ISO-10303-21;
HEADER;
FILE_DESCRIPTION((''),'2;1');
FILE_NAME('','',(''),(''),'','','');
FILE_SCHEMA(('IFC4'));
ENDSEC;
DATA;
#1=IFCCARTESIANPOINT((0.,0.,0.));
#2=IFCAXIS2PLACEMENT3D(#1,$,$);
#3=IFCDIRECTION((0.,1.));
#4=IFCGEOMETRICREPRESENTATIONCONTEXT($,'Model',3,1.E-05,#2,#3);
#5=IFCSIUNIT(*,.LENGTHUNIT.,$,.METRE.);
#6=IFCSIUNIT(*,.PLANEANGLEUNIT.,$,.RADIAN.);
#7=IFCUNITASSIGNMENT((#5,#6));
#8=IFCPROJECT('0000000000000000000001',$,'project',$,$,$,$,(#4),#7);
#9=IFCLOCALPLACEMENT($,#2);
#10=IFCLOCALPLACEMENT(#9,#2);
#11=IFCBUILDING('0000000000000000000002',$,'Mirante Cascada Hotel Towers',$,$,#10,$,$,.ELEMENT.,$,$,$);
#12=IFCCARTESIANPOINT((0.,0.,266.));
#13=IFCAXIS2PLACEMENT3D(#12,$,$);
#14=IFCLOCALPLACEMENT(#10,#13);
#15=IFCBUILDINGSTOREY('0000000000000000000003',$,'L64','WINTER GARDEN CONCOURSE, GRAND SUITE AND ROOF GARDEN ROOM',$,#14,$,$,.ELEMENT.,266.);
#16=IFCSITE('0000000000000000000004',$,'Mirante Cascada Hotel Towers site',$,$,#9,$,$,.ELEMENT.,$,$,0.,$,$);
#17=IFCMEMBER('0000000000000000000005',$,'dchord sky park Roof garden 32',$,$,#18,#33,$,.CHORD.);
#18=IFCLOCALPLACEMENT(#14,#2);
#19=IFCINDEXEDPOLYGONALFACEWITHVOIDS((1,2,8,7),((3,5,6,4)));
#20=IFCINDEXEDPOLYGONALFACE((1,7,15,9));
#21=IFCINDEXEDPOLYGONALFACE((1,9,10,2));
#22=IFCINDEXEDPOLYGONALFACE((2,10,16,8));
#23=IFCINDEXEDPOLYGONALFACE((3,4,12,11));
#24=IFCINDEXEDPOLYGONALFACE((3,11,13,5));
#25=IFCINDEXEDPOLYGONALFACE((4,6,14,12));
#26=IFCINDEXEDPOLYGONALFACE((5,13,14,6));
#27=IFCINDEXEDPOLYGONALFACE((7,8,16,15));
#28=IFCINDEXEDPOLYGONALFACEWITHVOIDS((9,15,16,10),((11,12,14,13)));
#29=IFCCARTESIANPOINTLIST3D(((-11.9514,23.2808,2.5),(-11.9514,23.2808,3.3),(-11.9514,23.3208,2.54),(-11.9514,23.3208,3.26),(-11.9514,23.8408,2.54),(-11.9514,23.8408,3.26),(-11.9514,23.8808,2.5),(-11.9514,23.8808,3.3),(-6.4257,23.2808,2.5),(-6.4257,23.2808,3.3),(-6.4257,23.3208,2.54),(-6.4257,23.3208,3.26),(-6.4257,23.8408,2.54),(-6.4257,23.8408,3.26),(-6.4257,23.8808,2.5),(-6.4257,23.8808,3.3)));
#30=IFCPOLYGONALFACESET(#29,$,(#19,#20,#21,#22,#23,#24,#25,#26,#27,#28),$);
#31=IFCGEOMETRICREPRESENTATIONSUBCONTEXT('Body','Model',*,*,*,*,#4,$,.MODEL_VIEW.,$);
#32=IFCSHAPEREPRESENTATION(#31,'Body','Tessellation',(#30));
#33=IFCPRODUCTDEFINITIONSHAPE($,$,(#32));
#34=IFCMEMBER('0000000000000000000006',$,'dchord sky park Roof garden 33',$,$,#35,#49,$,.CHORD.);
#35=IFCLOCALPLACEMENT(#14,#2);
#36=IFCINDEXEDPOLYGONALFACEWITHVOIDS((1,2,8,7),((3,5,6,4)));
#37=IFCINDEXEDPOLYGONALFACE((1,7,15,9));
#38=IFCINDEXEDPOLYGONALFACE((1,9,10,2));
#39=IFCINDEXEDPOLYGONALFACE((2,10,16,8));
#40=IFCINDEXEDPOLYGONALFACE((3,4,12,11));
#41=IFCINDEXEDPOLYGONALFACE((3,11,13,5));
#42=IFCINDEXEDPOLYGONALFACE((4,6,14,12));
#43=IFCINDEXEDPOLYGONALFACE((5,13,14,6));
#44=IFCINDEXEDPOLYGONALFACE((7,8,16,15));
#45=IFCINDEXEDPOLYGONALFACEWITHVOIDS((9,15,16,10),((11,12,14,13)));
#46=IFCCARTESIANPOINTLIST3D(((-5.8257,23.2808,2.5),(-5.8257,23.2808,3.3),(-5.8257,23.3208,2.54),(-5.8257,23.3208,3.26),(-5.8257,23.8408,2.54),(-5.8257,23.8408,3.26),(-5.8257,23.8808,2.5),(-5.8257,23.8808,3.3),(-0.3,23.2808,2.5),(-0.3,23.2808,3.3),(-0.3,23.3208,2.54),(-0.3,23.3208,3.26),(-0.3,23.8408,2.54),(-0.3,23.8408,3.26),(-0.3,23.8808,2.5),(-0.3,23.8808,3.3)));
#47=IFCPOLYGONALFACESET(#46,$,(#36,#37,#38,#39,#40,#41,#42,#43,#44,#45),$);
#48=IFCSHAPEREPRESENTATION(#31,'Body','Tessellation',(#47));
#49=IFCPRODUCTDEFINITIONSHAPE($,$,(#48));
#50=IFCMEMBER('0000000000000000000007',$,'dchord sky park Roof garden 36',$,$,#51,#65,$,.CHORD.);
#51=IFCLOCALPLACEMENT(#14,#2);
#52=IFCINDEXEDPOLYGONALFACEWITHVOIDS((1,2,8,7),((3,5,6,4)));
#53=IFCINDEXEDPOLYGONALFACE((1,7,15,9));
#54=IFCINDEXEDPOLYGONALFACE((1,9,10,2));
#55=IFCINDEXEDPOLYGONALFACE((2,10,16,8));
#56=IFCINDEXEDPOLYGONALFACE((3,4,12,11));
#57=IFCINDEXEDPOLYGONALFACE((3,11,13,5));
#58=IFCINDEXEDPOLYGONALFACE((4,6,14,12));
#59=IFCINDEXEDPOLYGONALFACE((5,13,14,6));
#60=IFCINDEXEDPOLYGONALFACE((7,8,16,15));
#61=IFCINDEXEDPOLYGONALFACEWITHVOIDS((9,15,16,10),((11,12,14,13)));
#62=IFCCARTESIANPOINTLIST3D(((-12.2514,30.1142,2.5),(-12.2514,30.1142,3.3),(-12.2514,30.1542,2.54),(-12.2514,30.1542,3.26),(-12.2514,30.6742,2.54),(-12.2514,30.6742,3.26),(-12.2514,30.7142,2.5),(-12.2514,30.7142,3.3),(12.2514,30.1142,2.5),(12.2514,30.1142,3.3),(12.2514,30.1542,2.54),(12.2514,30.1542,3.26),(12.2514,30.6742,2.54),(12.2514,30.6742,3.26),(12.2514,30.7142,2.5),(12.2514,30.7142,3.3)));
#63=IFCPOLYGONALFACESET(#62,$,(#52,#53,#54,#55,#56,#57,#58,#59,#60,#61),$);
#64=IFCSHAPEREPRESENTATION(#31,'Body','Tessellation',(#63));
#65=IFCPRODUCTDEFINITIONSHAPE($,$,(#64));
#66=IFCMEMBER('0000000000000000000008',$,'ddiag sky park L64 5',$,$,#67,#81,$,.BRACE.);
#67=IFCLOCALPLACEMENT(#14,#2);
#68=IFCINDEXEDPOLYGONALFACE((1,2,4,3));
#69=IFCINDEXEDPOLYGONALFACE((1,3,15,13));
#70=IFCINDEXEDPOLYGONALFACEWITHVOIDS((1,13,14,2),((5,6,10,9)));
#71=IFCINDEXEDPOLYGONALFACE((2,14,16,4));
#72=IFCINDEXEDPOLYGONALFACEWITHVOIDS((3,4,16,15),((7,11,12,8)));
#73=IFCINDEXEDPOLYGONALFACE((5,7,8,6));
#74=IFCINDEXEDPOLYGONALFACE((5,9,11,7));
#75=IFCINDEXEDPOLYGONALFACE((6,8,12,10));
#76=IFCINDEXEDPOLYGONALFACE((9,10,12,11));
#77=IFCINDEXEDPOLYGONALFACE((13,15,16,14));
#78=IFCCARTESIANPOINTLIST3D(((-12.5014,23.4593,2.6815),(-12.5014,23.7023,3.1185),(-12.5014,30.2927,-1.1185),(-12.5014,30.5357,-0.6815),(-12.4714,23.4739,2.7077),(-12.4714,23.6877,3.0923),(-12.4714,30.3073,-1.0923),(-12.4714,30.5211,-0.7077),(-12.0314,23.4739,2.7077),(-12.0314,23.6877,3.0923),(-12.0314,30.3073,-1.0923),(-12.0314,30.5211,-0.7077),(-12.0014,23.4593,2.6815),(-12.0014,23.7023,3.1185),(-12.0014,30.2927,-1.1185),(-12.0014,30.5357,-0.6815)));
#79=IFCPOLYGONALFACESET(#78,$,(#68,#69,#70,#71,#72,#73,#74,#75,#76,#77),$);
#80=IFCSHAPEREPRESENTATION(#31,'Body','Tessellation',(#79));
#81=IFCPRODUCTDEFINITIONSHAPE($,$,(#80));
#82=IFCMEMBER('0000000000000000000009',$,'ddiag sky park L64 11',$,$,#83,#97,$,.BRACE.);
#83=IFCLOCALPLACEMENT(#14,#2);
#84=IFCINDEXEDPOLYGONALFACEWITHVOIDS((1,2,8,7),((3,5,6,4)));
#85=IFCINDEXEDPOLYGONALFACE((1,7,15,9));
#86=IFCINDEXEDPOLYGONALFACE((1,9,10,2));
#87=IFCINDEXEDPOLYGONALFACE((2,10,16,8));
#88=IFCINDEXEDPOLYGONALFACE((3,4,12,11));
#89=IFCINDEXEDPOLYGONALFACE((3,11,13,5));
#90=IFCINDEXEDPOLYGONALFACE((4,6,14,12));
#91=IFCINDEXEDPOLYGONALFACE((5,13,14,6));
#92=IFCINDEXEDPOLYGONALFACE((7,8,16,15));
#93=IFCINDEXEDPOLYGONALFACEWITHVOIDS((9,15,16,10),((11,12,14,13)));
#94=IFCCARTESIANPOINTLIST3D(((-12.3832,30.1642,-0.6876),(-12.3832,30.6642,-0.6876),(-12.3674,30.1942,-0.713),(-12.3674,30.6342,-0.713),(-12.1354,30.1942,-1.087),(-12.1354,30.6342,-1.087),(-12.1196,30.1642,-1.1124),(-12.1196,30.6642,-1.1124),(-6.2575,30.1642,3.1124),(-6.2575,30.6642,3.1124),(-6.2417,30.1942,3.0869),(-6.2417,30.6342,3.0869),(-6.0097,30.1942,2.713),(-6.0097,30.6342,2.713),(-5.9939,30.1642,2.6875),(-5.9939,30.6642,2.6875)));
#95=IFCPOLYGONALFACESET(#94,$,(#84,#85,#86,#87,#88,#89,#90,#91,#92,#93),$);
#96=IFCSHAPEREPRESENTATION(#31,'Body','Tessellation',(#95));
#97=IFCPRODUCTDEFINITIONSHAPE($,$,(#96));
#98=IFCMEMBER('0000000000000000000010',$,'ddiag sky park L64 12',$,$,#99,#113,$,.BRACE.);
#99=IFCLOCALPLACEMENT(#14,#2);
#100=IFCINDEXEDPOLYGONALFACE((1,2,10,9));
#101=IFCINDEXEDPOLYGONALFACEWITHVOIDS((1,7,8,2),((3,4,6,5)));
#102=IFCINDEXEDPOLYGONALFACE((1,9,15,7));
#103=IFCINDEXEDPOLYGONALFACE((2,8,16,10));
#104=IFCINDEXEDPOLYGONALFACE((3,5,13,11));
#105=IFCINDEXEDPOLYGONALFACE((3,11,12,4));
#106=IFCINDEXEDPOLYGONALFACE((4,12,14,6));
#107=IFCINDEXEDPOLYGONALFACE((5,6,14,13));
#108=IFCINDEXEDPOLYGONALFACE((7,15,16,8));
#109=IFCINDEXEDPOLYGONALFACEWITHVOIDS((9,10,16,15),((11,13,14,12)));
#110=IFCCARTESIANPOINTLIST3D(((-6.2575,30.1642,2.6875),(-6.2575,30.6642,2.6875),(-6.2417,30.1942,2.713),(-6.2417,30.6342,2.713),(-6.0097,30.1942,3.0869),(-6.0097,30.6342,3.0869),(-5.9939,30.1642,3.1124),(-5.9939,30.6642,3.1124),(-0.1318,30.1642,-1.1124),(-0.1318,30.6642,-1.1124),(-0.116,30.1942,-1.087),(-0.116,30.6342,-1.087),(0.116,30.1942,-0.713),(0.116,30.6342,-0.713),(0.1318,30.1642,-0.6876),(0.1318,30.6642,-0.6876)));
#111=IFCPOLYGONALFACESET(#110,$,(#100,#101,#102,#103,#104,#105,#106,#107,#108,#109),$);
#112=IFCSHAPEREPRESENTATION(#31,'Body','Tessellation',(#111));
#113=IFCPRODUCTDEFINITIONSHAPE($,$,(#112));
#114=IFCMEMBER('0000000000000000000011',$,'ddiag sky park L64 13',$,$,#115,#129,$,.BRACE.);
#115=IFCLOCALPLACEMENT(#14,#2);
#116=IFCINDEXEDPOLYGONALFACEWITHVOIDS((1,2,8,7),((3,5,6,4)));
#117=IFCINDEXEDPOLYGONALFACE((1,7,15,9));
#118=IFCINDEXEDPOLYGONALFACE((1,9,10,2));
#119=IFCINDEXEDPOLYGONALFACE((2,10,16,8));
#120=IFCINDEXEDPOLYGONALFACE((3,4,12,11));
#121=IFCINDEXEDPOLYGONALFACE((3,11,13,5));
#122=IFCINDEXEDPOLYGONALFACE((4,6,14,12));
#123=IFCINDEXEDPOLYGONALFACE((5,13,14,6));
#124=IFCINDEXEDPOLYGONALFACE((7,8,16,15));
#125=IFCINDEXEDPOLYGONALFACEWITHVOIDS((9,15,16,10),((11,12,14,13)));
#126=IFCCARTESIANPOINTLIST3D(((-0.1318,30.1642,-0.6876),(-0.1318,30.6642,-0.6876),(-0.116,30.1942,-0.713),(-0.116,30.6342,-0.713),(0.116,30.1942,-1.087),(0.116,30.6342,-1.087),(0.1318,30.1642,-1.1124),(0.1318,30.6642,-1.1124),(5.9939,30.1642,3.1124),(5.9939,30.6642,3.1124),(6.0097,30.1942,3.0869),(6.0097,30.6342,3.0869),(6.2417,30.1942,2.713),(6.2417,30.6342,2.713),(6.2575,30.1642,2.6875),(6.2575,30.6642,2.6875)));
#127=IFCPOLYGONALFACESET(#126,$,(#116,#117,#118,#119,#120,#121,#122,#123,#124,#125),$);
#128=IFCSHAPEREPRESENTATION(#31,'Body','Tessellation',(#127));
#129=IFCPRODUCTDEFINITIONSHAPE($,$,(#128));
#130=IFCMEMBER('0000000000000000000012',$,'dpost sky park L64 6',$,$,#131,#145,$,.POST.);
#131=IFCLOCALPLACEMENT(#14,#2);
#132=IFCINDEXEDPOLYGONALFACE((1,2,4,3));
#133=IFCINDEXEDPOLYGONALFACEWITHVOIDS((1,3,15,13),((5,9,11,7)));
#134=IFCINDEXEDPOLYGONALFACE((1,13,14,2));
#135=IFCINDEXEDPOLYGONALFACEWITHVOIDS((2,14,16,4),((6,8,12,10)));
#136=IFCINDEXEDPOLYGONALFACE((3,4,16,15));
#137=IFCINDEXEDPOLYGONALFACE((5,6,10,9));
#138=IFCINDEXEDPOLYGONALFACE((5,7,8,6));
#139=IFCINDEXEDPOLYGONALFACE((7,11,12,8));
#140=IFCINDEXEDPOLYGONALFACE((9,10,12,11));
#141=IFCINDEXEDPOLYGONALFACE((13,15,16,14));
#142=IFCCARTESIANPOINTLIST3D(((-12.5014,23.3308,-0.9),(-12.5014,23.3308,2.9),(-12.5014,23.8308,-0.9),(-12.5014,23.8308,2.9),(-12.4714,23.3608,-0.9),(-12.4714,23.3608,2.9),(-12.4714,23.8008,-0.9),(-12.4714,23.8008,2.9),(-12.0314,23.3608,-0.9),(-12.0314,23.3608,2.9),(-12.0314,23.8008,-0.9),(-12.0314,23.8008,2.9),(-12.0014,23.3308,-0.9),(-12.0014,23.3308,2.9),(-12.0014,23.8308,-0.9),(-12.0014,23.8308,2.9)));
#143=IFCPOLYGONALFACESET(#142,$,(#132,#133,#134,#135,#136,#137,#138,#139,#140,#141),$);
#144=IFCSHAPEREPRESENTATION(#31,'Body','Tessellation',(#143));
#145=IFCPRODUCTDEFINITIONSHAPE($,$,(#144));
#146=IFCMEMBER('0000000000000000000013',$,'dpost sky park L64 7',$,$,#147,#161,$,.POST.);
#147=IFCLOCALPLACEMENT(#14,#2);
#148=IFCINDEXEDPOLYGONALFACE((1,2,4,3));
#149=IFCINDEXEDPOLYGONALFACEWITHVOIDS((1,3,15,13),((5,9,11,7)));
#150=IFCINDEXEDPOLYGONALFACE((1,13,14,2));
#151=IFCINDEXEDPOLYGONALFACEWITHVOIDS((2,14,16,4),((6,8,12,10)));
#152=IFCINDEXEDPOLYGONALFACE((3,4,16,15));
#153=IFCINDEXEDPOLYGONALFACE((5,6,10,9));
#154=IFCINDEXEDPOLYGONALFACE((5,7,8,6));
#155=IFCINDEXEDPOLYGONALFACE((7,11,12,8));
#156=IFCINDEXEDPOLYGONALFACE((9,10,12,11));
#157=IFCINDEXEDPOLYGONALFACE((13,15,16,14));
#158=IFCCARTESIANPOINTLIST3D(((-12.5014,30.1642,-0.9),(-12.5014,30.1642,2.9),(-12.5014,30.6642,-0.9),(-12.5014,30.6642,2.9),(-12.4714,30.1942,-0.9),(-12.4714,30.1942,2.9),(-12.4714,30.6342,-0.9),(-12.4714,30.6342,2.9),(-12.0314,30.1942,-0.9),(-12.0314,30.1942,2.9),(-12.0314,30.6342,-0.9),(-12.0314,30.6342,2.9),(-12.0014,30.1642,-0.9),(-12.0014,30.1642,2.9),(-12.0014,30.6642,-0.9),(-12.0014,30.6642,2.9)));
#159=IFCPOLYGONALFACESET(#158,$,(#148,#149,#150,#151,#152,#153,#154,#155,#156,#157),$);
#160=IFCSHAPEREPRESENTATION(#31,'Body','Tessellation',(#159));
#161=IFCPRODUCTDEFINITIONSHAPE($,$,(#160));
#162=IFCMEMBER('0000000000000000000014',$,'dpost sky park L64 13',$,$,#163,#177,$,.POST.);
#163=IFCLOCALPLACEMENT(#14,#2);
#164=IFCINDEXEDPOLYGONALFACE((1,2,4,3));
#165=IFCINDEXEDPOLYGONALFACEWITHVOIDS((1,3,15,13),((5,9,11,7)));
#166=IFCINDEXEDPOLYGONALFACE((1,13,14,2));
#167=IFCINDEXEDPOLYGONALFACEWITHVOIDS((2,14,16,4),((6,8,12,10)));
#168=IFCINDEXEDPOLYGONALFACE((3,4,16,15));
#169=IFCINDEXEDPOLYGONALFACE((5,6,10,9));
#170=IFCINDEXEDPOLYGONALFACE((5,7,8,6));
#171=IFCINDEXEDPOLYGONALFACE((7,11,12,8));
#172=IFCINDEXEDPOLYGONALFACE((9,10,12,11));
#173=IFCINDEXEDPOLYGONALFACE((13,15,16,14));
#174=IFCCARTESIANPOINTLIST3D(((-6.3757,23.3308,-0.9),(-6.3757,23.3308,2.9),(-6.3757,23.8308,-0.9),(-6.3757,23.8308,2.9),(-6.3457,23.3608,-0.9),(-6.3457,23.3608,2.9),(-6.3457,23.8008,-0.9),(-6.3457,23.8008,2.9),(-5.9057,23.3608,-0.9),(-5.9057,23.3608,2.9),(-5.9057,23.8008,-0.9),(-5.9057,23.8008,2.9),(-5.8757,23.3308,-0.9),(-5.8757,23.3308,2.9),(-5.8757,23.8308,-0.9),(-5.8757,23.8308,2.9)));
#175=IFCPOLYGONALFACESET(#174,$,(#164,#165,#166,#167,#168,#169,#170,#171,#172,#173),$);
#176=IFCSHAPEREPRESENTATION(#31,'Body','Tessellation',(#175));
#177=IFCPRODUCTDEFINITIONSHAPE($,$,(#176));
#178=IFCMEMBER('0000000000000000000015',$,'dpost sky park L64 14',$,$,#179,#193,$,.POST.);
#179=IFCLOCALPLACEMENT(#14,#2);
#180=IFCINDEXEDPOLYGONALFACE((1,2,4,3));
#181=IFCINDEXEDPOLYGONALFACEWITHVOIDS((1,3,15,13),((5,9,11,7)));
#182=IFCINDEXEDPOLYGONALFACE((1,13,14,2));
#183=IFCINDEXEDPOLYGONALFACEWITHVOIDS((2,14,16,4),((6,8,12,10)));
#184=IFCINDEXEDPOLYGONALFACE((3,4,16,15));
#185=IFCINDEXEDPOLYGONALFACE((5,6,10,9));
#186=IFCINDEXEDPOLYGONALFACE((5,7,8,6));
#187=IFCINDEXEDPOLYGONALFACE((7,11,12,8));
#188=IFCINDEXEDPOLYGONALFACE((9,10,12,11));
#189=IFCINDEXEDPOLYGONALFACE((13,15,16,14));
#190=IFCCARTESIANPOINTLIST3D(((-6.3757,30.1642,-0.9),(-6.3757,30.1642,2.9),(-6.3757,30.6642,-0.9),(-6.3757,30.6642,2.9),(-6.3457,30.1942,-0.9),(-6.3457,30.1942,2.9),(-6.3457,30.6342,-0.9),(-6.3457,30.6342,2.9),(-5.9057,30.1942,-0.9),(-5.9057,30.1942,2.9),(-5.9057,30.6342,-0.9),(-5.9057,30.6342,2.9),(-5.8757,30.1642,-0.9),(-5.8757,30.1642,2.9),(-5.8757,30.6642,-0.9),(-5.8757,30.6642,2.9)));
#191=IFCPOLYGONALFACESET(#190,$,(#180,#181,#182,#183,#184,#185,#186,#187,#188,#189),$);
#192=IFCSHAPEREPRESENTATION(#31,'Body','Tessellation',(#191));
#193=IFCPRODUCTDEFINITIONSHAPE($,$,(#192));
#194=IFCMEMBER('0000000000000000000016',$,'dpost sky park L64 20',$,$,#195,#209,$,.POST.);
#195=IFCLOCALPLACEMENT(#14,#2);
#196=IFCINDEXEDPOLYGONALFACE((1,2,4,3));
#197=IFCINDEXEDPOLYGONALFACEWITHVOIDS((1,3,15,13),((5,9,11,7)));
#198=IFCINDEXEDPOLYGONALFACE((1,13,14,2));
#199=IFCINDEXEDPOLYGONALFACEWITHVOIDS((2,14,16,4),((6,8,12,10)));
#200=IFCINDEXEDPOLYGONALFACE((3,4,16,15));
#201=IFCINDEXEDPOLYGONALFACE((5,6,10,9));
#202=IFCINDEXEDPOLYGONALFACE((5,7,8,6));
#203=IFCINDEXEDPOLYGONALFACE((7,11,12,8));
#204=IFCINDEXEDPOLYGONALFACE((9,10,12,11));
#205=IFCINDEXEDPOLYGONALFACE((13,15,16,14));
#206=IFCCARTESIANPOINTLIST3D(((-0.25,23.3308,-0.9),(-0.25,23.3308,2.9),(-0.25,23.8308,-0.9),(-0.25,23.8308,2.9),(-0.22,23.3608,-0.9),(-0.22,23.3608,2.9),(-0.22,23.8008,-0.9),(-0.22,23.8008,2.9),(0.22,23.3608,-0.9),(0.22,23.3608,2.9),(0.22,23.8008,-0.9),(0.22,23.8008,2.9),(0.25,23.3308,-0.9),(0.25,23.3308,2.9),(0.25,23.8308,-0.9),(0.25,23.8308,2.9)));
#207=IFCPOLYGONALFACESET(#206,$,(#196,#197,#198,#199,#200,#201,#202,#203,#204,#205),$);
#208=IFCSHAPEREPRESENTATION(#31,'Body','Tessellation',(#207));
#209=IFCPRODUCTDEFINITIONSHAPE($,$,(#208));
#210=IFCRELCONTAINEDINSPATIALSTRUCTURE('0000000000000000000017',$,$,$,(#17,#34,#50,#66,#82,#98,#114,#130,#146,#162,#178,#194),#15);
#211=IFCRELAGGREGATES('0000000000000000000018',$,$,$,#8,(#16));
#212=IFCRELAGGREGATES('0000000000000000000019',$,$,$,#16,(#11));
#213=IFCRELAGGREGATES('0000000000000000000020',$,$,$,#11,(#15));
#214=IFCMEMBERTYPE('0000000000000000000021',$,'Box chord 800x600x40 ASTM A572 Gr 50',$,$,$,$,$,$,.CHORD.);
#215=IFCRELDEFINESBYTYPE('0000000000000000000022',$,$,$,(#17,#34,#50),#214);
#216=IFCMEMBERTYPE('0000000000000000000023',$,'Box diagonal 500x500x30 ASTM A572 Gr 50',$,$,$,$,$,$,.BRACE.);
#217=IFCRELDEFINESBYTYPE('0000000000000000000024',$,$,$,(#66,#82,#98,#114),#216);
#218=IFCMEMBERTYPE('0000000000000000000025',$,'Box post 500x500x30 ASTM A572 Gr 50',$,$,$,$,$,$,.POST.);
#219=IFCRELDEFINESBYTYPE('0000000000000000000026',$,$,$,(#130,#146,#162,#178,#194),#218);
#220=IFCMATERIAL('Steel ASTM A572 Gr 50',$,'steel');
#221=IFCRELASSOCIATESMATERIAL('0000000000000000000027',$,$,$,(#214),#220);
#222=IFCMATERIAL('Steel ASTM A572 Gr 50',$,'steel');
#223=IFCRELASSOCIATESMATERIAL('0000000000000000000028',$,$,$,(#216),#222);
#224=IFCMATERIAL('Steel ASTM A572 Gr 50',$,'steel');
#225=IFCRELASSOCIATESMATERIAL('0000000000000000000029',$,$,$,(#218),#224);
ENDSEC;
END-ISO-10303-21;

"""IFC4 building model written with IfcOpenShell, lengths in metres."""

from ifc_helpers import new_model, si_unit, direction, frame, origin, origin_2d, place, context, subcontext, project, spatial, hollow_rectangle, extrude, material, material_profile, profile_set, type_object, element, save


model = new_model("IFC4")

# Units and contexts
model_context = context("Model", 3, precision=1e-05, world=origin(), true_north=direction((0.0, 1.0)))
body_context = subcontext(model_context, "Body", "Model", "MODEL_VIEW")
ifc_project = project(units=[si_unit("LENGTHUNIT", "METRE"), si_unit("PLANEANGLEUNIT", "RADIAN")], contexts=[model_context])

# Site, building, storey
site_placement = place(None, origin())
site = spatial("IfcSite", under=ifc_project, at=site_placement, Name="Mirante Cascada Hotel Towers site", CompositionType="ELEMENT", RefElevation=0.0)
building_placement = place(site_placement, origin())
building = spatial("IfcBuilding", under=site, at=building_placement, Name="Mirante Cascada Hotel Towers", CompositionType="ELEMENT")
storey_placement = place(building_placement, frame((0.0, 0.0, 266.0)))
storey = spatial("IfcBuildingStorey", under=building, at=storey_placement, Name="L64", Description="WINTER GARDEN CONCOURSE, GRAND SUITE AND ROOF GARDEN ROOM", CompositionType="ELEMENT", Elevation=266.0)

# Members
ifc_material_1 = material(Name="Steel ASTM A572 Gr 50", Category="steel")
ifc_material_profile_1 = material_profile(ifc_material_1, hollow_rectangle(XDim=0.6, YDim=0.8, WallThickness=0.04, at=origin_2d()), Name="Box chord 800x600x40 ASTM A572 Gr 50")
ifc_profile_set_1 = profile_set([ifc_material_profile_1], Name="Steel ASTM A572 Gr 50")
member_type_1 = type_object("IfcMemberType", Name="Box chord 800x600x40 ASTM A572 Gr 50", PredefinedType="CHORD", material=ifc_profile_set_1)
for number, where, z_axis, x_axis, name in (
    (1, (-11.9514, 23.5808, 2.9), (1.0, 0.0, 0.0), (0.0, 1.0, 0.0), "dchord sky park Roof garden 32"),
    (2, (-5.8257, 23.5808, 2.9), (1.0, 0.0, 0.0), (0.0, 1.0, 0.0), "dchord sky park Roof garden 33"),
):
    element("IfcMember", number, at=place(storey_placement, frame(where, z_axis=z_axis, x_axis=x_axis)), inside=storey, type_object=member_type_1, Name=name, PredefinedType="CHORD", context=body_context, shape_type="SweptSolid", body=[
        extrude(hollow_rectangle(XDim=0.6, YDim=0.8, WallThickness=0.04, at=origin_2d()), origin(), (0.0, 0.0, 1.0), 5.5257),
    ])
member_1_placement = place(storey_placement, frame((-12.2514, 30.4142, 2.9), z_axis=(1.0, 0.0, 0.0), x_axis=(0.0, 1.0, 0.0)))
element("IfcMember", 3, at=member_1_placement, inside=storey, type_object=member_type_1, Name="dchord sky park Roof garden 36", PredefinedType="CHORD", context=body_context, shape_type="SweptSolid", body=[
    extrude(hollow_rectangle(XDim=0.6, YDim=0.8, WallThickness=0.04, at=origin_2d()), origin(), (0.0, 0.0, 1.0), 24.5028),
])
ifc_material_2 = material(Name="Steel ASTM A572 Gr 50", Category="steel")
ifc_material_profile_2 = material_profile(ifc_material_2, hollow_rectangle(XDim=0.5, YDim=0.5, WallThickness=0.03, at=origin_2d()), Name="Box diagonal 500x500x30 ASTM A572 Gr 50")
ifc_profile_set_2 = profile_set([ifc_material_profile_2], Name="Steel ASTM A572 Gr 50")
member_type_2 = type_object("IfcMemberType", Name="Box diagonal 500x500x30 ASTM A572 Gr 50", PredefinedType="BRACE", material=ifc_profile_set_2)
member_2_placement = place(storey_placement, frame((-12.2514, 30.4142, -0.9), z_axis=(0.0, -0.873958, 0.486001), x_axis=(1.0, 0.0, 0.0)))
element("IfcMember", 4, at=member_2_placement, inside=storey, type_object=member_type_2, Name="ddiag sky park L64 5", PredefinedType="BRACE", context=body_context, shape_type="SweptSolid", body=[
    extrude(hollow_rectangle(XDim=0.5, YDim=0.5, WallThickness=0.03, at=origin_2d()), origin(), (0.0, 0.0, 1.0), 7.8189),
])
for number, where, z_axis, x_axis, name in (
    (5, (-12.2514, 30.4142, -0.9), (0.849774, 0.0, 0.527147), (0.0, 1.0, 0.0), "ddiag sky park L64 11"),
    (6, (0.0, 30.4142, -0.9), (-0.849774, 0.0, 0.527147), (0.0, -1.0, 0.0), "ddiag sky park L64 12"),
    (7, (0.0, 30.4142, -0.9), (0.849774, 0.0, 0.527147), (0.0, 1.0, 0.0), "ddiag sky park L64 13"),
):
    element("IfcMember", number, at=place(storey_placement, frame(where, z_axis=z_axis, x_axis=x_axis)), inside=storey, type_object=member_type_2, Name=name, PredefinedType="BRACE", context=body_context, shape_type="SweptSolid", body=[
        extrude(hollow_rectangle(XDim=0.5, YDim=0.5, WallThickness=0.03, at=origin_2d()), origin(), (0.0, 0.0, 1.0), 7.2086),
    ])
ifc_material_3 = material(Name="Steel ASTM A572 Gr 50", Category="steel")
ifc_material_profile_3 = material_profile(ifc_material_3, hollow_rectangle(XDim=0.5, YDim=0.5, WallThickness=0.03, at=origin_2d()), Name="Box post 500x500x30 ASTM A572 Gr 50")
ifc_profile_set_3 = profile_set([ifc_material_profile_3], Name="Steel ASTM A572 Gr 50")
member_type_3 = type_object("IfcMemberType", Name="Box post 500x500x30 ASTM A572 Gr 50", PredefinedType="POST", material=ifc_profile_set_3)
for number, where, z_axis, x_axis, name in (
    (8, (-12.2514, 23.5808, -0.9), (0.0, 0.0, 1.0), (1.0, 0.0, 0.0), "dpost sky park L64 6"),
    (9, (-12.2514, 30.4142, -0.9), (0.0, 0.0, 1.0), (1.0, 0.0, 0.0), "dpost sky park L64 7"),
    (10, (-6.1257, 23.5808, -0.9), (0.0, 0.0, 1.0), (1.0, 0.0, 0.0), "dpost sky park L64 13"),
    (11, (-6.1257, 30.4142, -0.9), (0.0, 0.0, 1.0), (1.0, 0.0, 0.0), "dpost sky park L64 14"),
    (12, (0.0, 23.5808, -0.9), (0.0, 0.0, 1.0), (1.0, 0.0, 0.0), "dpost sky park L64 20"),
):
    element("IfcMember", number, at=place(storey_placement, frame(where, z_axis=z_axis, x_axis=x_axis)), inside=storey, type_object=member_type_3, Name=name, PredefinedType="POST", context=body_context, shape_type="SweptSolid", body=[
        extrude(hollow_rectangle(XDim=0.5, YDim=0.5, WallThickness=0.03, at=origin_2d()), origin(), (0.0, 0.0, 1.0), 3.8),
    ])

save(model, "model.ifc")
